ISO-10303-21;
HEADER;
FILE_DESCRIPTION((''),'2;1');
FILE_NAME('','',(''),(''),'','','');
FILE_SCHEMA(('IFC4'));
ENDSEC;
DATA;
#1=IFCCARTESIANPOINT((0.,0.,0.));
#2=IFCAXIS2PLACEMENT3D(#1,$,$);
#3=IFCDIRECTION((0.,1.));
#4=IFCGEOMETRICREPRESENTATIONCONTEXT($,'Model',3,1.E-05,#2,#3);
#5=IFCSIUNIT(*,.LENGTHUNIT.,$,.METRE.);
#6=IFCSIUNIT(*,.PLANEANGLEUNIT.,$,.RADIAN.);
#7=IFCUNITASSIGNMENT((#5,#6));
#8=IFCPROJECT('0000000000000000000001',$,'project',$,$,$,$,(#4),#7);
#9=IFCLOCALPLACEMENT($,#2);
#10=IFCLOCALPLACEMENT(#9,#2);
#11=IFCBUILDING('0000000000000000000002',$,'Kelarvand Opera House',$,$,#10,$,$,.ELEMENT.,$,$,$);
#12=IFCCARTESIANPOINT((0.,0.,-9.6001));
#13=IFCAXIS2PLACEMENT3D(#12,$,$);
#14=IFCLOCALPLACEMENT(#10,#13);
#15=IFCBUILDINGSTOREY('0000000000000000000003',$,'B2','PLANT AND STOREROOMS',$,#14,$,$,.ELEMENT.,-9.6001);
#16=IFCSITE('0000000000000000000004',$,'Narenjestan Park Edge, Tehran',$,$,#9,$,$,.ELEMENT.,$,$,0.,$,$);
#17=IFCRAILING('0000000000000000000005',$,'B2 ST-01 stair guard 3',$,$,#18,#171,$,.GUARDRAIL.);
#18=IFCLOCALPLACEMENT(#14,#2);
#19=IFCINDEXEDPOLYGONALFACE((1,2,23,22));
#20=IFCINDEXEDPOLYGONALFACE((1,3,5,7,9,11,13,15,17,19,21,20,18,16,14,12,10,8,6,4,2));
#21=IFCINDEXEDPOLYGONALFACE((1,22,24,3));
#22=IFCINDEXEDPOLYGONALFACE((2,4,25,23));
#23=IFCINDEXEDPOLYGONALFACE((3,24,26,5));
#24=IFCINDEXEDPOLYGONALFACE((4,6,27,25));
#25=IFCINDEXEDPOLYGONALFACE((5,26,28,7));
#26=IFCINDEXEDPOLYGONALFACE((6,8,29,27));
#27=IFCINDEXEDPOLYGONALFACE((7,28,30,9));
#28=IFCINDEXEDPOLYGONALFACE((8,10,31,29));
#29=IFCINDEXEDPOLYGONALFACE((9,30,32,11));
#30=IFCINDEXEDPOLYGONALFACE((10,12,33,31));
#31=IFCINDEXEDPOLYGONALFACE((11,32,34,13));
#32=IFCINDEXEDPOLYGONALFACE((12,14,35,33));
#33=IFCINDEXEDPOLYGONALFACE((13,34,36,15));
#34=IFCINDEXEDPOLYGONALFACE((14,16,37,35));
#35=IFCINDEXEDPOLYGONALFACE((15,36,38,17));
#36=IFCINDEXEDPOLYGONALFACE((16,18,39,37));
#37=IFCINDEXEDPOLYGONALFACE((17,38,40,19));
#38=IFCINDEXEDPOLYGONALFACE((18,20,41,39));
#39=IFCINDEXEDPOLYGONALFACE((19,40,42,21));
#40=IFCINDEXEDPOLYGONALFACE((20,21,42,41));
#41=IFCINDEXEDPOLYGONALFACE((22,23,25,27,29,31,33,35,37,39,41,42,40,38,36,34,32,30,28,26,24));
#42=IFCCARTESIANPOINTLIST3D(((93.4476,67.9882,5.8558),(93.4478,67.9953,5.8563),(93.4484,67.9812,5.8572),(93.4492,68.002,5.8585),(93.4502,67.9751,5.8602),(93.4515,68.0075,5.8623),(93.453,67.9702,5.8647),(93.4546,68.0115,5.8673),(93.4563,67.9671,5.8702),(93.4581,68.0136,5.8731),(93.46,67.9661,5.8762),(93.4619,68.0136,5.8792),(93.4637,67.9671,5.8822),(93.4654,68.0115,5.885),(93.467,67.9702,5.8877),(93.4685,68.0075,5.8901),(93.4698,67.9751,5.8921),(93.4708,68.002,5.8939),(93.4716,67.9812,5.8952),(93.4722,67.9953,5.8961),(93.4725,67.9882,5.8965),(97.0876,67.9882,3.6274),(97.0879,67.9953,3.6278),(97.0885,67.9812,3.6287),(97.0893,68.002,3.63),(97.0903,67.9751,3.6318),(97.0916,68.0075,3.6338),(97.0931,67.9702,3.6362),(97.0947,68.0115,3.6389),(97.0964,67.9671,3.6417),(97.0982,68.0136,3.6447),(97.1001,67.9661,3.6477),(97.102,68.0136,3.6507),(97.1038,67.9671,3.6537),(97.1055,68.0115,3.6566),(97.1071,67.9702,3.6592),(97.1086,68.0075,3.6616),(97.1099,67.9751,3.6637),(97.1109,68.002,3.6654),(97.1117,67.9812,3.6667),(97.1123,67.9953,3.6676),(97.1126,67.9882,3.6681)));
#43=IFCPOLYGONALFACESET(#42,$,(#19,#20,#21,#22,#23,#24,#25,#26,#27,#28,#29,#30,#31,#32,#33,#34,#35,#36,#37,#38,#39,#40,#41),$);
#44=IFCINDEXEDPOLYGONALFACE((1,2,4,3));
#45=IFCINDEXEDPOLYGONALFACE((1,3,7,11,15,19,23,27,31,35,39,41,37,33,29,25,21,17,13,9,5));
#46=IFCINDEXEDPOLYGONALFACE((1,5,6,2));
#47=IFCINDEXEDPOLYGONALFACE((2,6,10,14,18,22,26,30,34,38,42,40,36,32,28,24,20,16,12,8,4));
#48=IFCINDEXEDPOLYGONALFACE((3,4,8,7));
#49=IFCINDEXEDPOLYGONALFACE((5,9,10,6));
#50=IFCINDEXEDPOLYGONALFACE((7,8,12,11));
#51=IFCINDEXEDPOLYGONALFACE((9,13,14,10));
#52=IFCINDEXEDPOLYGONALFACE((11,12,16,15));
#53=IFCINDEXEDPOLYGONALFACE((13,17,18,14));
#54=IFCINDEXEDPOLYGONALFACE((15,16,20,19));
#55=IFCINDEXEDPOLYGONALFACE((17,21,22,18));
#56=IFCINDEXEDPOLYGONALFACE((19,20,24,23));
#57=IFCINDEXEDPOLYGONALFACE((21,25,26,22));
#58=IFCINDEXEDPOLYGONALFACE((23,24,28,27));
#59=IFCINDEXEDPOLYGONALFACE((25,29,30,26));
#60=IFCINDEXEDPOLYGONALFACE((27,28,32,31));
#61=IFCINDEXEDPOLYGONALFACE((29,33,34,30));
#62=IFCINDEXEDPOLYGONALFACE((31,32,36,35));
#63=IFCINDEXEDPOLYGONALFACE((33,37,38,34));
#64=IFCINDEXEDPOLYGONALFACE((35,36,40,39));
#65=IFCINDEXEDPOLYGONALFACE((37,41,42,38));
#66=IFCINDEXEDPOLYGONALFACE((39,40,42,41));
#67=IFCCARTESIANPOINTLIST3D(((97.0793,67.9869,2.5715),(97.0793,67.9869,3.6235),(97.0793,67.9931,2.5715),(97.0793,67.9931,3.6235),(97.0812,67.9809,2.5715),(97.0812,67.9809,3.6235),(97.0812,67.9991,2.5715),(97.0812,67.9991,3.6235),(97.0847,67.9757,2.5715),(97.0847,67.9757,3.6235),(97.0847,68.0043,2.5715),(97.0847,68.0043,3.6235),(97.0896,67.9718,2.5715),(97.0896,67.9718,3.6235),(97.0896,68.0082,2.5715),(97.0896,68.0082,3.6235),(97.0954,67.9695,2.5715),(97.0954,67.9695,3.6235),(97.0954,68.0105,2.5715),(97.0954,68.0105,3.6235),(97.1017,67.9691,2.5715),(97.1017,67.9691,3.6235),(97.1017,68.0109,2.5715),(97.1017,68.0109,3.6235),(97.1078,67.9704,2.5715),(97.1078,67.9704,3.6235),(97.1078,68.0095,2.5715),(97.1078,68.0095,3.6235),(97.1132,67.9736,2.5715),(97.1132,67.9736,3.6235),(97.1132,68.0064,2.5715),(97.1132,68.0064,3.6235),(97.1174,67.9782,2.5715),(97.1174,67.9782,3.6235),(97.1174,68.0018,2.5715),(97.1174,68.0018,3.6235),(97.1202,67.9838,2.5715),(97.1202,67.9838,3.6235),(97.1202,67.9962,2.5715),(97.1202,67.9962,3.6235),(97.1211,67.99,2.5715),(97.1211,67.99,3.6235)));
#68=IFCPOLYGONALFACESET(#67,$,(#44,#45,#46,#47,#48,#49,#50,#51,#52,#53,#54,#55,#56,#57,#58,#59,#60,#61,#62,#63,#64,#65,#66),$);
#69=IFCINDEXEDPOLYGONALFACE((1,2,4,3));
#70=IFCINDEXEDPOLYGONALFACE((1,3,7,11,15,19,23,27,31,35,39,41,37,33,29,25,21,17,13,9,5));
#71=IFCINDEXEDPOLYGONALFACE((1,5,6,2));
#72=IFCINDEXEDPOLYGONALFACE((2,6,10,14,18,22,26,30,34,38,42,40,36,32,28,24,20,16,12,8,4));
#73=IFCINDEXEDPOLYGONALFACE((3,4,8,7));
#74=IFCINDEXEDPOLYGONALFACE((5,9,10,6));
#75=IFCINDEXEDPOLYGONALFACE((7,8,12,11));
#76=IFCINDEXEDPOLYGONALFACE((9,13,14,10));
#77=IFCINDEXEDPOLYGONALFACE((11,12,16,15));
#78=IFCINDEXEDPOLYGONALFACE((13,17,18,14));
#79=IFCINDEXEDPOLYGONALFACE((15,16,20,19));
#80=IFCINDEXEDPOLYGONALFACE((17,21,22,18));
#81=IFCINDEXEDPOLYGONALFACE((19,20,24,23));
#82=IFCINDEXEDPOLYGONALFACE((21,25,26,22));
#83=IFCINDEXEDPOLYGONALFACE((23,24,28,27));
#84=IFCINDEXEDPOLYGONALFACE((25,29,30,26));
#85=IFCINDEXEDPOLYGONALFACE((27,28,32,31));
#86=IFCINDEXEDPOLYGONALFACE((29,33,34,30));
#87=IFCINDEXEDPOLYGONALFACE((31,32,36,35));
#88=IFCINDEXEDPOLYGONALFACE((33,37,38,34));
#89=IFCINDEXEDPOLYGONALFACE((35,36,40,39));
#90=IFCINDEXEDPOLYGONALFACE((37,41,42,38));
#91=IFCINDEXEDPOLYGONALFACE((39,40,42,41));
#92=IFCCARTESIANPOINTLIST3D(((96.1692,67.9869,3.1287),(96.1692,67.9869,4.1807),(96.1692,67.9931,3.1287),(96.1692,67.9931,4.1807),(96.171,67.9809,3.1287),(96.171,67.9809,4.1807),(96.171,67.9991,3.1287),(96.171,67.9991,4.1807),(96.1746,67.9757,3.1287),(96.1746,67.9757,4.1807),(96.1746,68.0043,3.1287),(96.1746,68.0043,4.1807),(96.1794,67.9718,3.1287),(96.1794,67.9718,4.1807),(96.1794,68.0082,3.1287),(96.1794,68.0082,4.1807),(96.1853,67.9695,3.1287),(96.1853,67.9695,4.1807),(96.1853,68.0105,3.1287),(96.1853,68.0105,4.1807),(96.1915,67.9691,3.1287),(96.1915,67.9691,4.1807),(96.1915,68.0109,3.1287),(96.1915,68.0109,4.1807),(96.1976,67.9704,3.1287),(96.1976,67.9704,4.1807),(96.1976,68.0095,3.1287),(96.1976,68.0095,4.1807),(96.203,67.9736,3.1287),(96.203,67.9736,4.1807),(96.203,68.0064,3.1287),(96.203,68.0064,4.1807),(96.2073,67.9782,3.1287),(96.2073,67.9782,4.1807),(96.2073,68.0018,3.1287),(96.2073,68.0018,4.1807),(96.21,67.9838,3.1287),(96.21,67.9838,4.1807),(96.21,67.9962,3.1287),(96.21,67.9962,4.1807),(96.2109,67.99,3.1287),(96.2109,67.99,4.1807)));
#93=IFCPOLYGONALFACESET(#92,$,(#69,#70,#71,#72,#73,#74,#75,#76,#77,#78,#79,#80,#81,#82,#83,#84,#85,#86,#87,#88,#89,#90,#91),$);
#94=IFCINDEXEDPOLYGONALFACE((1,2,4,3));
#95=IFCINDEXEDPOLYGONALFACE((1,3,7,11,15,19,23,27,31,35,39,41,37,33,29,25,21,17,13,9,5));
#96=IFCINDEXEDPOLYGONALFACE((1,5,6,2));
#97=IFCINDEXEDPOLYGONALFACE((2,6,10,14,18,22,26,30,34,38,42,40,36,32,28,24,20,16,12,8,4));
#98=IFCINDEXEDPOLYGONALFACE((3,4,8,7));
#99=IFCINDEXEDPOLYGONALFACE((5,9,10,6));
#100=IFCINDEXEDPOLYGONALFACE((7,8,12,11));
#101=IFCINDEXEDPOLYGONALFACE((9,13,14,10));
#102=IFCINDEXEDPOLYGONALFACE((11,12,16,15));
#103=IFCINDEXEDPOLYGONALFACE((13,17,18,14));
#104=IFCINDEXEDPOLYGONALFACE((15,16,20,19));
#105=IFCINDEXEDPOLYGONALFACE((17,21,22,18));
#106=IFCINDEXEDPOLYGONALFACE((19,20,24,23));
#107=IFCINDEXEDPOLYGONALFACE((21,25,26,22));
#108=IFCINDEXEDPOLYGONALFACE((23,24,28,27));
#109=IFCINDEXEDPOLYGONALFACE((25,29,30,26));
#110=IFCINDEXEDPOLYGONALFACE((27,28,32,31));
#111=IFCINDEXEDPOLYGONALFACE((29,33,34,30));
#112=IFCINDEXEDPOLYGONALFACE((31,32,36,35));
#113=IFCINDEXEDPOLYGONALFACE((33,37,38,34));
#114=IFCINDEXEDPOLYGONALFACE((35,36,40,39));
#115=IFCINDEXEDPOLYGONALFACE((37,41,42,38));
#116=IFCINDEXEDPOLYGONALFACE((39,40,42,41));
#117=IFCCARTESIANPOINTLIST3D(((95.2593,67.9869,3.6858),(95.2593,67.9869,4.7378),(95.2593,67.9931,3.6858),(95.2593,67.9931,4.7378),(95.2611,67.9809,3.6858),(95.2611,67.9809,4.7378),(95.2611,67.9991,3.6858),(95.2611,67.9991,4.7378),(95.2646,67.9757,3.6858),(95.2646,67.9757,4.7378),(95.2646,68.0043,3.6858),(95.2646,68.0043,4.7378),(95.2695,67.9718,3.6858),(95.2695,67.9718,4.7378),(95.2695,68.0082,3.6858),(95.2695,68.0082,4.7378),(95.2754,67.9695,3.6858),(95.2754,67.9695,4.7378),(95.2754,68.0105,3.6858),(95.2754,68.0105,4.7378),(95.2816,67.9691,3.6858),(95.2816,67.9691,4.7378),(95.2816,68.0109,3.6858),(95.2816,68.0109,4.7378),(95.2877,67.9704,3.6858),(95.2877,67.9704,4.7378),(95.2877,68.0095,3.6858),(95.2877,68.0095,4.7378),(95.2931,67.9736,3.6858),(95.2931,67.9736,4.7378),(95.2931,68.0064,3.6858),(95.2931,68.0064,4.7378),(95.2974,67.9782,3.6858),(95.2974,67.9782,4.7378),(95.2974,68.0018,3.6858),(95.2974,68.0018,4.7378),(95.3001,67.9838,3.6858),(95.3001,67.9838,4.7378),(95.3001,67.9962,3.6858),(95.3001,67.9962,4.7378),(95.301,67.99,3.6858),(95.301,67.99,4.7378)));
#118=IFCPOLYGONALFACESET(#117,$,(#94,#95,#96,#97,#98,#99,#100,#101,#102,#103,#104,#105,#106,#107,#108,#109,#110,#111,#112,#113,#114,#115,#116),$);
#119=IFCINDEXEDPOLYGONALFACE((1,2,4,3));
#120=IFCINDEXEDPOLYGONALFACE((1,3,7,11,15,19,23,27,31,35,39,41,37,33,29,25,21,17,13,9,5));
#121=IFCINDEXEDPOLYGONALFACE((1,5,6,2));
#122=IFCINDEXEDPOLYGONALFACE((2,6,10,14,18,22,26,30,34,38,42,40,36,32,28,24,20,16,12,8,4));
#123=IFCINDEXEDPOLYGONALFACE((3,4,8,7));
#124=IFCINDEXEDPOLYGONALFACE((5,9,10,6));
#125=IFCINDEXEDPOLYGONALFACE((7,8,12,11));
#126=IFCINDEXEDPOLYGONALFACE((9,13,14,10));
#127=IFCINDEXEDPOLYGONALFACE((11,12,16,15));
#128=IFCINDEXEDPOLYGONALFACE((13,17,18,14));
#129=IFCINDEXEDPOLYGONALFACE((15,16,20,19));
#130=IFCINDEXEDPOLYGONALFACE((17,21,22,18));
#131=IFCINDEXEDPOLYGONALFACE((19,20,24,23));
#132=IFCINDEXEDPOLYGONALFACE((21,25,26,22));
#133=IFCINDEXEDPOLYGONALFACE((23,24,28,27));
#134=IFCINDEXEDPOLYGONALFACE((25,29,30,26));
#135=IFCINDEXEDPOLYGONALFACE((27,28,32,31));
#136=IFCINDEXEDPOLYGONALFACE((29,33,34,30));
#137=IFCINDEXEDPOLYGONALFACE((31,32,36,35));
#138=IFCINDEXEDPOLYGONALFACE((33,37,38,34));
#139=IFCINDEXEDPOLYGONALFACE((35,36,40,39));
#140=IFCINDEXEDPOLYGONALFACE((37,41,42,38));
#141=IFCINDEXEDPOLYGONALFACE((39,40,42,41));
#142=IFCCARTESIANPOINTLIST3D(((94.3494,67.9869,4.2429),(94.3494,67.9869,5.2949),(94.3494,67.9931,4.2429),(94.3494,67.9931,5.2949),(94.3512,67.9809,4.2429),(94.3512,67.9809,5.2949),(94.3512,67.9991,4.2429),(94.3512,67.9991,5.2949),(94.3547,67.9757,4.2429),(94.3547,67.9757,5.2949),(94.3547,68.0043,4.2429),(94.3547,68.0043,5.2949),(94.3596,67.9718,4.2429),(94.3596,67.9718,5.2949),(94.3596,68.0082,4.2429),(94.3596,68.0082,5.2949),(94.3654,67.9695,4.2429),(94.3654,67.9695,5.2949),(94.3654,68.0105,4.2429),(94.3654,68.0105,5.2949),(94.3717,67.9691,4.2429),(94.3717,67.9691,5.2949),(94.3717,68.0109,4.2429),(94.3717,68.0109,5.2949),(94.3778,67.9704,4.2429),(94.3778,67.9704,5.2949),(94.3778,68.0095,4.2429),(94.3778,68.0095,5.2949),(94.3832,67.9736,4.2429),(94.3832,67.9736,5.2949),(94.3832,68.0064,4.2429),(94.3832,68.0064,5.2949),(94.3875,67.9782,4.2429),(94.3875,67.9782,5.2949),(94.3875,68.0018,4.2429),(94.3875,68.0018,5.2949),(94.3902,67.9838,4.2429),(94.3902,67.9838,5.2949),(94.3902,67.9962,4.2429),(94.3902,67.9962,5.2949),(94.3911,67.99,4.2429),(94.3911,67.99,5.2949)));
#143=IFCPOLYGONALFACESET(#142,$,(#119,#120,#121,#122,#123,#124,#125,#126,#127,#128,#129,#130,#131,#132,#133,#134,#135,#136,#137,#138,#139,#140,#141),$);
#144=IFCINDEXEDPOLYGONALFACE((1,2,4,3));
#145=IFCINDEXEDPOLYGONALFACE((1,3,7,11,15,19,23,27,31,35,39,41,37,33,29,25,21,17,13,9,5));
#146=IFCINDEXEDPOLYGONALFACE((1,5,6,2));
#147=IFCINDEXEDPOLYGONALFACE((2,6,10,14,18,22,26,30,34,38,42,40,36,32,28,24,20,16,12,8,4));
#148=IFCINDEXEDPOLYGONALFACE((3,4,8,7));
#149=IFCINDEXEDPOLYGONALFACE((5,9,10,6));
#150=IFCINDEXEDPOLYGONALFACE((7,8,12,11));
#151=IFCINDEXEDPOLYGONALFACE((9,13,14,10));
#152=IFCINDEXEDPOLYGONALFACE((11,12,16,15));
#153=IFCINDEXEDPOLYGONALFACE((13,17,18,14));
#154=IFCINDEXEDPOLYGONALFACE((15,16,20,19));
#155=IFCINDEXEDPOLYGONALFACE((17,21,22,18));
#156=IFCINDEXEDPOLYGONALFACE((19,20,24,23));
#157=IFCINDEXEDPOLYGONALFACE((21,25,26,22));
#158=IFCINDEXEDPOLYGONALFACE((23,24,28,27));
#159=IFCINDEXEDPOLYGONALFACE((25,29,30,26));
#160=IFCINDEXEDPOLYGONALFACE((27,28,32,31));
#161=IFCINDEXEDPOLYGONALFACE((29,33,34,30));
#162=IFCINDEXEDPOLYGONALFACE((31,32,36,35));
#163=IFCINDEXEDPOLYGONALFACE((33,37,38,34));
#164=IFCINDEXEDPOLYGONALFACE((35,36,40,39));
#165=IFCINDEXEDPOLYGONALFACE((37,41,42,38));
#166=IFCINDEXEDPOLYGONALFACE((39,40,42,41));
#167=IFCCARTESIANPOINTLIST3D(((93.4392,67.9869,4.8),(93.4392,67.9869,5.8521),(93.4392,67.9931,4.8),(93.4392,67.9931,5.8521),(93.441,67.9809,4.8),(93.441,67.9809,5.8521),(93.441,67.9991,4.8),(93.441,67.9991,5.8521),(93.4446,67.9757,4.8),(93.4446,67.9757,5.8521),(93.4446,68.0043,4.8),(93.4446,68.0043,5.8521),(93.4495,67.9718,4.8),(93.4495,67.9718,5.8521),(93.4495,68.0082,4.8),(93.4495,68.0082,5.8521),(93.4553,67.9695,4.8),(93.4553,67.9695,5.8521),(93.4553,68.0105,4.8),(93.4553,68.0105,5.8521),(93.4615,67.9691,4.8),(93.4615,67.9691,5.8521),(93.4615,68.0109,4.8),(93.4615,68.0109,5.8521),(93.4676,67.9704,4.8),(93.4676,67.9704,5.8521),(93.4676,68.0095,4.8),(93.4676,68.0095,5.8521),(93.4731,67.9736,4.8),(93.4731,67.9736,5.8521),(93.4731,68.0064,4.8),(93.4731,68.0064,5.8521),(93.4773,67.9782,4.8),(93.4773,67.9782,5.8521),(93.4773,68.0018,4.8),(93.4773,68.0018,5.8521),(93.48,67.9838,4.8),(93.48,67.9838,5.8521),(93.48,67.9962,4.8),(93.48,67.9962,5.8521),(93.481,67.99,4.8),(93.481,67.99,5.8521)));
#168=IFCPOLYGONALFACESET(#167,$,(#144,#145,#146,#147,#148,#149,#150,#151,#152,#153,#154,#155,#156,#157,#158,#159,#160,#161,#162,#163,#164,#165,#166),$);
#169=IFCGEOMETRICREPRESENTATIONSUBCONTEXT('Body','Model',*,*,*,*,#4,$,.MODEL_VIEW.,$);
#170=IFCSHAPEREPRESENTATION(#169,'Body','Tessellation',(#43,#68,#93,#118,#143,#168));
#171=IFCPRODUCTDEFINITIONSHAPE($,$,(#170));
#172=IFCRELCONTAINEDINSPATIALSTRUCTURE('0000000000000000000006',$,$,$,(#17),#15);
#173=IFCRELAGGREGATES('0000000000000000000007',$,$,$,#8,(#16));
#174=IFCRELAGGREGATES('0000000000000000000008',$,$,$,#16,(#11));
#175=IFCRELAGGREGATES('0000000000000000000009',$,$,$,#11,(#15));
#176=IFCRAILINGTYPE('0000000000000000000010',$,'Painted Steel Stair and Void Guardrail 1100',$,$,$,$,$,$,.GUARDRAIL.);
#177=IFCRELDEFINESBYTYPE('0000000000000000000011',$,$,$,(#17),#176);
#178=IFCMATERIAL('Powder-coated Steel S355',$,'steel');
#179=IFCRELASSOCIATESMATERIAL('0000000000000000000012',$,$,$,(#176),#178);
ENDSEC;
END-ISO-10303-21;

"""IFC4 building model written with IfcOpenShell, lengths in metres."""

from ifc_helpers import new_model, si_unit, direction, frame, origin, origin_2d, place, context, subcontext, project, spatial, circle, extrude, material, type_object, element, save


model = new_model("IFC4")

# Units and contexts
model_context = context("Model", 3, precision=1e-05, world=origin(), true_north=direction((0.0, 1.0)))
body_context = subcontext(model_context, "Body", "Model", "MODEL_VIEW")
ifc_project = project(units=[si_unit("LENGTHUNIT", "METRE"), si_unit("PLANEANGLEUNIT", "RADIAN")], contexts=[model_context])

# Site, building, storey
site_placement = place(None, origin())
site = spatial("IfcSite", under=ifc_project, at=site_placement, Name="Narenjestan Park Edge, Tehran", CompositionType="ELEMENT", RefElevation=0.0)
building_placement = place(site_placement, origin())
building = spatial("IfcBuilding", under=site, at=building_placement, Name="Kelarvand Opera House", CompositionType="ELEMENT")
storey_placement = place(building_placement, frame((0.0, 0.0, -9.6001)))
storey = spatial("IfcBuildingStorey", under=building, at=storey_placement, Name="B2", Description="PLANT AND STOREROOMS", CompositionType="ELEMENT", Elevation=-9.6001)

# Railing
ifc_material_1 = material(Name="Powder-coated Steel S355", Category="steel")
railing_type_1 = type_object("IfcRailingType", Name="Painted Steel Stair and Void Guardrail 1100", PredefinedType="GUARDRAIL", material=ifc_material_1)
railing_1_placement = place(storey_placement, frame((97.1001, 67.99, 2.5715)))
element("IfcRailing", 1, at=railing_1_placement, inside=storey, type_object=railing_type_1, Name="B2 ST-01 stair guard 3", PredefinedType="GUARDRAIL", context=body_context, shape_type="SweptSolid", body=[
    extrude(circle(Radius=0.0239, at=origin_2d()), frame((0.0, 0.0, 1.0762), z_axis=(-0.852866, 0.0, 0.52213), x_axis=(0.0, -1.0, 0.0)), (0.0, 0.0, 1.0), 4.2681),
    extrude(circle(Radius=0.021, at=origin_2d()), origin(), (0.0, 0.0, 1.0), 1.052),
    extrude(circle(Radius=0.021, at=origin_2d()), frame((-0.9102, 0.0, 0.5571)), (0.0, 0.0, 1.0), 1.052),
    extrude(circle(Radius=0.021, at=origin_2d()), frame((-1.8201, 0.0, 1.1143)), (0.0, 0.0, 1.0), 1.052),
    extrude(circle(Radius=0.021, at=origin_2d()), frame((-2.73, 0.0, 1.6714)), (0.0, 0.0, 1.0), 1.052),
    extrude(circle(Radius=0.021, at=origin_2d()), frame((-3.6401, 0.0, 2.2285)), (0.0, 0.0, 1.0), 1.052),
])

save(model, "model.ifc")
